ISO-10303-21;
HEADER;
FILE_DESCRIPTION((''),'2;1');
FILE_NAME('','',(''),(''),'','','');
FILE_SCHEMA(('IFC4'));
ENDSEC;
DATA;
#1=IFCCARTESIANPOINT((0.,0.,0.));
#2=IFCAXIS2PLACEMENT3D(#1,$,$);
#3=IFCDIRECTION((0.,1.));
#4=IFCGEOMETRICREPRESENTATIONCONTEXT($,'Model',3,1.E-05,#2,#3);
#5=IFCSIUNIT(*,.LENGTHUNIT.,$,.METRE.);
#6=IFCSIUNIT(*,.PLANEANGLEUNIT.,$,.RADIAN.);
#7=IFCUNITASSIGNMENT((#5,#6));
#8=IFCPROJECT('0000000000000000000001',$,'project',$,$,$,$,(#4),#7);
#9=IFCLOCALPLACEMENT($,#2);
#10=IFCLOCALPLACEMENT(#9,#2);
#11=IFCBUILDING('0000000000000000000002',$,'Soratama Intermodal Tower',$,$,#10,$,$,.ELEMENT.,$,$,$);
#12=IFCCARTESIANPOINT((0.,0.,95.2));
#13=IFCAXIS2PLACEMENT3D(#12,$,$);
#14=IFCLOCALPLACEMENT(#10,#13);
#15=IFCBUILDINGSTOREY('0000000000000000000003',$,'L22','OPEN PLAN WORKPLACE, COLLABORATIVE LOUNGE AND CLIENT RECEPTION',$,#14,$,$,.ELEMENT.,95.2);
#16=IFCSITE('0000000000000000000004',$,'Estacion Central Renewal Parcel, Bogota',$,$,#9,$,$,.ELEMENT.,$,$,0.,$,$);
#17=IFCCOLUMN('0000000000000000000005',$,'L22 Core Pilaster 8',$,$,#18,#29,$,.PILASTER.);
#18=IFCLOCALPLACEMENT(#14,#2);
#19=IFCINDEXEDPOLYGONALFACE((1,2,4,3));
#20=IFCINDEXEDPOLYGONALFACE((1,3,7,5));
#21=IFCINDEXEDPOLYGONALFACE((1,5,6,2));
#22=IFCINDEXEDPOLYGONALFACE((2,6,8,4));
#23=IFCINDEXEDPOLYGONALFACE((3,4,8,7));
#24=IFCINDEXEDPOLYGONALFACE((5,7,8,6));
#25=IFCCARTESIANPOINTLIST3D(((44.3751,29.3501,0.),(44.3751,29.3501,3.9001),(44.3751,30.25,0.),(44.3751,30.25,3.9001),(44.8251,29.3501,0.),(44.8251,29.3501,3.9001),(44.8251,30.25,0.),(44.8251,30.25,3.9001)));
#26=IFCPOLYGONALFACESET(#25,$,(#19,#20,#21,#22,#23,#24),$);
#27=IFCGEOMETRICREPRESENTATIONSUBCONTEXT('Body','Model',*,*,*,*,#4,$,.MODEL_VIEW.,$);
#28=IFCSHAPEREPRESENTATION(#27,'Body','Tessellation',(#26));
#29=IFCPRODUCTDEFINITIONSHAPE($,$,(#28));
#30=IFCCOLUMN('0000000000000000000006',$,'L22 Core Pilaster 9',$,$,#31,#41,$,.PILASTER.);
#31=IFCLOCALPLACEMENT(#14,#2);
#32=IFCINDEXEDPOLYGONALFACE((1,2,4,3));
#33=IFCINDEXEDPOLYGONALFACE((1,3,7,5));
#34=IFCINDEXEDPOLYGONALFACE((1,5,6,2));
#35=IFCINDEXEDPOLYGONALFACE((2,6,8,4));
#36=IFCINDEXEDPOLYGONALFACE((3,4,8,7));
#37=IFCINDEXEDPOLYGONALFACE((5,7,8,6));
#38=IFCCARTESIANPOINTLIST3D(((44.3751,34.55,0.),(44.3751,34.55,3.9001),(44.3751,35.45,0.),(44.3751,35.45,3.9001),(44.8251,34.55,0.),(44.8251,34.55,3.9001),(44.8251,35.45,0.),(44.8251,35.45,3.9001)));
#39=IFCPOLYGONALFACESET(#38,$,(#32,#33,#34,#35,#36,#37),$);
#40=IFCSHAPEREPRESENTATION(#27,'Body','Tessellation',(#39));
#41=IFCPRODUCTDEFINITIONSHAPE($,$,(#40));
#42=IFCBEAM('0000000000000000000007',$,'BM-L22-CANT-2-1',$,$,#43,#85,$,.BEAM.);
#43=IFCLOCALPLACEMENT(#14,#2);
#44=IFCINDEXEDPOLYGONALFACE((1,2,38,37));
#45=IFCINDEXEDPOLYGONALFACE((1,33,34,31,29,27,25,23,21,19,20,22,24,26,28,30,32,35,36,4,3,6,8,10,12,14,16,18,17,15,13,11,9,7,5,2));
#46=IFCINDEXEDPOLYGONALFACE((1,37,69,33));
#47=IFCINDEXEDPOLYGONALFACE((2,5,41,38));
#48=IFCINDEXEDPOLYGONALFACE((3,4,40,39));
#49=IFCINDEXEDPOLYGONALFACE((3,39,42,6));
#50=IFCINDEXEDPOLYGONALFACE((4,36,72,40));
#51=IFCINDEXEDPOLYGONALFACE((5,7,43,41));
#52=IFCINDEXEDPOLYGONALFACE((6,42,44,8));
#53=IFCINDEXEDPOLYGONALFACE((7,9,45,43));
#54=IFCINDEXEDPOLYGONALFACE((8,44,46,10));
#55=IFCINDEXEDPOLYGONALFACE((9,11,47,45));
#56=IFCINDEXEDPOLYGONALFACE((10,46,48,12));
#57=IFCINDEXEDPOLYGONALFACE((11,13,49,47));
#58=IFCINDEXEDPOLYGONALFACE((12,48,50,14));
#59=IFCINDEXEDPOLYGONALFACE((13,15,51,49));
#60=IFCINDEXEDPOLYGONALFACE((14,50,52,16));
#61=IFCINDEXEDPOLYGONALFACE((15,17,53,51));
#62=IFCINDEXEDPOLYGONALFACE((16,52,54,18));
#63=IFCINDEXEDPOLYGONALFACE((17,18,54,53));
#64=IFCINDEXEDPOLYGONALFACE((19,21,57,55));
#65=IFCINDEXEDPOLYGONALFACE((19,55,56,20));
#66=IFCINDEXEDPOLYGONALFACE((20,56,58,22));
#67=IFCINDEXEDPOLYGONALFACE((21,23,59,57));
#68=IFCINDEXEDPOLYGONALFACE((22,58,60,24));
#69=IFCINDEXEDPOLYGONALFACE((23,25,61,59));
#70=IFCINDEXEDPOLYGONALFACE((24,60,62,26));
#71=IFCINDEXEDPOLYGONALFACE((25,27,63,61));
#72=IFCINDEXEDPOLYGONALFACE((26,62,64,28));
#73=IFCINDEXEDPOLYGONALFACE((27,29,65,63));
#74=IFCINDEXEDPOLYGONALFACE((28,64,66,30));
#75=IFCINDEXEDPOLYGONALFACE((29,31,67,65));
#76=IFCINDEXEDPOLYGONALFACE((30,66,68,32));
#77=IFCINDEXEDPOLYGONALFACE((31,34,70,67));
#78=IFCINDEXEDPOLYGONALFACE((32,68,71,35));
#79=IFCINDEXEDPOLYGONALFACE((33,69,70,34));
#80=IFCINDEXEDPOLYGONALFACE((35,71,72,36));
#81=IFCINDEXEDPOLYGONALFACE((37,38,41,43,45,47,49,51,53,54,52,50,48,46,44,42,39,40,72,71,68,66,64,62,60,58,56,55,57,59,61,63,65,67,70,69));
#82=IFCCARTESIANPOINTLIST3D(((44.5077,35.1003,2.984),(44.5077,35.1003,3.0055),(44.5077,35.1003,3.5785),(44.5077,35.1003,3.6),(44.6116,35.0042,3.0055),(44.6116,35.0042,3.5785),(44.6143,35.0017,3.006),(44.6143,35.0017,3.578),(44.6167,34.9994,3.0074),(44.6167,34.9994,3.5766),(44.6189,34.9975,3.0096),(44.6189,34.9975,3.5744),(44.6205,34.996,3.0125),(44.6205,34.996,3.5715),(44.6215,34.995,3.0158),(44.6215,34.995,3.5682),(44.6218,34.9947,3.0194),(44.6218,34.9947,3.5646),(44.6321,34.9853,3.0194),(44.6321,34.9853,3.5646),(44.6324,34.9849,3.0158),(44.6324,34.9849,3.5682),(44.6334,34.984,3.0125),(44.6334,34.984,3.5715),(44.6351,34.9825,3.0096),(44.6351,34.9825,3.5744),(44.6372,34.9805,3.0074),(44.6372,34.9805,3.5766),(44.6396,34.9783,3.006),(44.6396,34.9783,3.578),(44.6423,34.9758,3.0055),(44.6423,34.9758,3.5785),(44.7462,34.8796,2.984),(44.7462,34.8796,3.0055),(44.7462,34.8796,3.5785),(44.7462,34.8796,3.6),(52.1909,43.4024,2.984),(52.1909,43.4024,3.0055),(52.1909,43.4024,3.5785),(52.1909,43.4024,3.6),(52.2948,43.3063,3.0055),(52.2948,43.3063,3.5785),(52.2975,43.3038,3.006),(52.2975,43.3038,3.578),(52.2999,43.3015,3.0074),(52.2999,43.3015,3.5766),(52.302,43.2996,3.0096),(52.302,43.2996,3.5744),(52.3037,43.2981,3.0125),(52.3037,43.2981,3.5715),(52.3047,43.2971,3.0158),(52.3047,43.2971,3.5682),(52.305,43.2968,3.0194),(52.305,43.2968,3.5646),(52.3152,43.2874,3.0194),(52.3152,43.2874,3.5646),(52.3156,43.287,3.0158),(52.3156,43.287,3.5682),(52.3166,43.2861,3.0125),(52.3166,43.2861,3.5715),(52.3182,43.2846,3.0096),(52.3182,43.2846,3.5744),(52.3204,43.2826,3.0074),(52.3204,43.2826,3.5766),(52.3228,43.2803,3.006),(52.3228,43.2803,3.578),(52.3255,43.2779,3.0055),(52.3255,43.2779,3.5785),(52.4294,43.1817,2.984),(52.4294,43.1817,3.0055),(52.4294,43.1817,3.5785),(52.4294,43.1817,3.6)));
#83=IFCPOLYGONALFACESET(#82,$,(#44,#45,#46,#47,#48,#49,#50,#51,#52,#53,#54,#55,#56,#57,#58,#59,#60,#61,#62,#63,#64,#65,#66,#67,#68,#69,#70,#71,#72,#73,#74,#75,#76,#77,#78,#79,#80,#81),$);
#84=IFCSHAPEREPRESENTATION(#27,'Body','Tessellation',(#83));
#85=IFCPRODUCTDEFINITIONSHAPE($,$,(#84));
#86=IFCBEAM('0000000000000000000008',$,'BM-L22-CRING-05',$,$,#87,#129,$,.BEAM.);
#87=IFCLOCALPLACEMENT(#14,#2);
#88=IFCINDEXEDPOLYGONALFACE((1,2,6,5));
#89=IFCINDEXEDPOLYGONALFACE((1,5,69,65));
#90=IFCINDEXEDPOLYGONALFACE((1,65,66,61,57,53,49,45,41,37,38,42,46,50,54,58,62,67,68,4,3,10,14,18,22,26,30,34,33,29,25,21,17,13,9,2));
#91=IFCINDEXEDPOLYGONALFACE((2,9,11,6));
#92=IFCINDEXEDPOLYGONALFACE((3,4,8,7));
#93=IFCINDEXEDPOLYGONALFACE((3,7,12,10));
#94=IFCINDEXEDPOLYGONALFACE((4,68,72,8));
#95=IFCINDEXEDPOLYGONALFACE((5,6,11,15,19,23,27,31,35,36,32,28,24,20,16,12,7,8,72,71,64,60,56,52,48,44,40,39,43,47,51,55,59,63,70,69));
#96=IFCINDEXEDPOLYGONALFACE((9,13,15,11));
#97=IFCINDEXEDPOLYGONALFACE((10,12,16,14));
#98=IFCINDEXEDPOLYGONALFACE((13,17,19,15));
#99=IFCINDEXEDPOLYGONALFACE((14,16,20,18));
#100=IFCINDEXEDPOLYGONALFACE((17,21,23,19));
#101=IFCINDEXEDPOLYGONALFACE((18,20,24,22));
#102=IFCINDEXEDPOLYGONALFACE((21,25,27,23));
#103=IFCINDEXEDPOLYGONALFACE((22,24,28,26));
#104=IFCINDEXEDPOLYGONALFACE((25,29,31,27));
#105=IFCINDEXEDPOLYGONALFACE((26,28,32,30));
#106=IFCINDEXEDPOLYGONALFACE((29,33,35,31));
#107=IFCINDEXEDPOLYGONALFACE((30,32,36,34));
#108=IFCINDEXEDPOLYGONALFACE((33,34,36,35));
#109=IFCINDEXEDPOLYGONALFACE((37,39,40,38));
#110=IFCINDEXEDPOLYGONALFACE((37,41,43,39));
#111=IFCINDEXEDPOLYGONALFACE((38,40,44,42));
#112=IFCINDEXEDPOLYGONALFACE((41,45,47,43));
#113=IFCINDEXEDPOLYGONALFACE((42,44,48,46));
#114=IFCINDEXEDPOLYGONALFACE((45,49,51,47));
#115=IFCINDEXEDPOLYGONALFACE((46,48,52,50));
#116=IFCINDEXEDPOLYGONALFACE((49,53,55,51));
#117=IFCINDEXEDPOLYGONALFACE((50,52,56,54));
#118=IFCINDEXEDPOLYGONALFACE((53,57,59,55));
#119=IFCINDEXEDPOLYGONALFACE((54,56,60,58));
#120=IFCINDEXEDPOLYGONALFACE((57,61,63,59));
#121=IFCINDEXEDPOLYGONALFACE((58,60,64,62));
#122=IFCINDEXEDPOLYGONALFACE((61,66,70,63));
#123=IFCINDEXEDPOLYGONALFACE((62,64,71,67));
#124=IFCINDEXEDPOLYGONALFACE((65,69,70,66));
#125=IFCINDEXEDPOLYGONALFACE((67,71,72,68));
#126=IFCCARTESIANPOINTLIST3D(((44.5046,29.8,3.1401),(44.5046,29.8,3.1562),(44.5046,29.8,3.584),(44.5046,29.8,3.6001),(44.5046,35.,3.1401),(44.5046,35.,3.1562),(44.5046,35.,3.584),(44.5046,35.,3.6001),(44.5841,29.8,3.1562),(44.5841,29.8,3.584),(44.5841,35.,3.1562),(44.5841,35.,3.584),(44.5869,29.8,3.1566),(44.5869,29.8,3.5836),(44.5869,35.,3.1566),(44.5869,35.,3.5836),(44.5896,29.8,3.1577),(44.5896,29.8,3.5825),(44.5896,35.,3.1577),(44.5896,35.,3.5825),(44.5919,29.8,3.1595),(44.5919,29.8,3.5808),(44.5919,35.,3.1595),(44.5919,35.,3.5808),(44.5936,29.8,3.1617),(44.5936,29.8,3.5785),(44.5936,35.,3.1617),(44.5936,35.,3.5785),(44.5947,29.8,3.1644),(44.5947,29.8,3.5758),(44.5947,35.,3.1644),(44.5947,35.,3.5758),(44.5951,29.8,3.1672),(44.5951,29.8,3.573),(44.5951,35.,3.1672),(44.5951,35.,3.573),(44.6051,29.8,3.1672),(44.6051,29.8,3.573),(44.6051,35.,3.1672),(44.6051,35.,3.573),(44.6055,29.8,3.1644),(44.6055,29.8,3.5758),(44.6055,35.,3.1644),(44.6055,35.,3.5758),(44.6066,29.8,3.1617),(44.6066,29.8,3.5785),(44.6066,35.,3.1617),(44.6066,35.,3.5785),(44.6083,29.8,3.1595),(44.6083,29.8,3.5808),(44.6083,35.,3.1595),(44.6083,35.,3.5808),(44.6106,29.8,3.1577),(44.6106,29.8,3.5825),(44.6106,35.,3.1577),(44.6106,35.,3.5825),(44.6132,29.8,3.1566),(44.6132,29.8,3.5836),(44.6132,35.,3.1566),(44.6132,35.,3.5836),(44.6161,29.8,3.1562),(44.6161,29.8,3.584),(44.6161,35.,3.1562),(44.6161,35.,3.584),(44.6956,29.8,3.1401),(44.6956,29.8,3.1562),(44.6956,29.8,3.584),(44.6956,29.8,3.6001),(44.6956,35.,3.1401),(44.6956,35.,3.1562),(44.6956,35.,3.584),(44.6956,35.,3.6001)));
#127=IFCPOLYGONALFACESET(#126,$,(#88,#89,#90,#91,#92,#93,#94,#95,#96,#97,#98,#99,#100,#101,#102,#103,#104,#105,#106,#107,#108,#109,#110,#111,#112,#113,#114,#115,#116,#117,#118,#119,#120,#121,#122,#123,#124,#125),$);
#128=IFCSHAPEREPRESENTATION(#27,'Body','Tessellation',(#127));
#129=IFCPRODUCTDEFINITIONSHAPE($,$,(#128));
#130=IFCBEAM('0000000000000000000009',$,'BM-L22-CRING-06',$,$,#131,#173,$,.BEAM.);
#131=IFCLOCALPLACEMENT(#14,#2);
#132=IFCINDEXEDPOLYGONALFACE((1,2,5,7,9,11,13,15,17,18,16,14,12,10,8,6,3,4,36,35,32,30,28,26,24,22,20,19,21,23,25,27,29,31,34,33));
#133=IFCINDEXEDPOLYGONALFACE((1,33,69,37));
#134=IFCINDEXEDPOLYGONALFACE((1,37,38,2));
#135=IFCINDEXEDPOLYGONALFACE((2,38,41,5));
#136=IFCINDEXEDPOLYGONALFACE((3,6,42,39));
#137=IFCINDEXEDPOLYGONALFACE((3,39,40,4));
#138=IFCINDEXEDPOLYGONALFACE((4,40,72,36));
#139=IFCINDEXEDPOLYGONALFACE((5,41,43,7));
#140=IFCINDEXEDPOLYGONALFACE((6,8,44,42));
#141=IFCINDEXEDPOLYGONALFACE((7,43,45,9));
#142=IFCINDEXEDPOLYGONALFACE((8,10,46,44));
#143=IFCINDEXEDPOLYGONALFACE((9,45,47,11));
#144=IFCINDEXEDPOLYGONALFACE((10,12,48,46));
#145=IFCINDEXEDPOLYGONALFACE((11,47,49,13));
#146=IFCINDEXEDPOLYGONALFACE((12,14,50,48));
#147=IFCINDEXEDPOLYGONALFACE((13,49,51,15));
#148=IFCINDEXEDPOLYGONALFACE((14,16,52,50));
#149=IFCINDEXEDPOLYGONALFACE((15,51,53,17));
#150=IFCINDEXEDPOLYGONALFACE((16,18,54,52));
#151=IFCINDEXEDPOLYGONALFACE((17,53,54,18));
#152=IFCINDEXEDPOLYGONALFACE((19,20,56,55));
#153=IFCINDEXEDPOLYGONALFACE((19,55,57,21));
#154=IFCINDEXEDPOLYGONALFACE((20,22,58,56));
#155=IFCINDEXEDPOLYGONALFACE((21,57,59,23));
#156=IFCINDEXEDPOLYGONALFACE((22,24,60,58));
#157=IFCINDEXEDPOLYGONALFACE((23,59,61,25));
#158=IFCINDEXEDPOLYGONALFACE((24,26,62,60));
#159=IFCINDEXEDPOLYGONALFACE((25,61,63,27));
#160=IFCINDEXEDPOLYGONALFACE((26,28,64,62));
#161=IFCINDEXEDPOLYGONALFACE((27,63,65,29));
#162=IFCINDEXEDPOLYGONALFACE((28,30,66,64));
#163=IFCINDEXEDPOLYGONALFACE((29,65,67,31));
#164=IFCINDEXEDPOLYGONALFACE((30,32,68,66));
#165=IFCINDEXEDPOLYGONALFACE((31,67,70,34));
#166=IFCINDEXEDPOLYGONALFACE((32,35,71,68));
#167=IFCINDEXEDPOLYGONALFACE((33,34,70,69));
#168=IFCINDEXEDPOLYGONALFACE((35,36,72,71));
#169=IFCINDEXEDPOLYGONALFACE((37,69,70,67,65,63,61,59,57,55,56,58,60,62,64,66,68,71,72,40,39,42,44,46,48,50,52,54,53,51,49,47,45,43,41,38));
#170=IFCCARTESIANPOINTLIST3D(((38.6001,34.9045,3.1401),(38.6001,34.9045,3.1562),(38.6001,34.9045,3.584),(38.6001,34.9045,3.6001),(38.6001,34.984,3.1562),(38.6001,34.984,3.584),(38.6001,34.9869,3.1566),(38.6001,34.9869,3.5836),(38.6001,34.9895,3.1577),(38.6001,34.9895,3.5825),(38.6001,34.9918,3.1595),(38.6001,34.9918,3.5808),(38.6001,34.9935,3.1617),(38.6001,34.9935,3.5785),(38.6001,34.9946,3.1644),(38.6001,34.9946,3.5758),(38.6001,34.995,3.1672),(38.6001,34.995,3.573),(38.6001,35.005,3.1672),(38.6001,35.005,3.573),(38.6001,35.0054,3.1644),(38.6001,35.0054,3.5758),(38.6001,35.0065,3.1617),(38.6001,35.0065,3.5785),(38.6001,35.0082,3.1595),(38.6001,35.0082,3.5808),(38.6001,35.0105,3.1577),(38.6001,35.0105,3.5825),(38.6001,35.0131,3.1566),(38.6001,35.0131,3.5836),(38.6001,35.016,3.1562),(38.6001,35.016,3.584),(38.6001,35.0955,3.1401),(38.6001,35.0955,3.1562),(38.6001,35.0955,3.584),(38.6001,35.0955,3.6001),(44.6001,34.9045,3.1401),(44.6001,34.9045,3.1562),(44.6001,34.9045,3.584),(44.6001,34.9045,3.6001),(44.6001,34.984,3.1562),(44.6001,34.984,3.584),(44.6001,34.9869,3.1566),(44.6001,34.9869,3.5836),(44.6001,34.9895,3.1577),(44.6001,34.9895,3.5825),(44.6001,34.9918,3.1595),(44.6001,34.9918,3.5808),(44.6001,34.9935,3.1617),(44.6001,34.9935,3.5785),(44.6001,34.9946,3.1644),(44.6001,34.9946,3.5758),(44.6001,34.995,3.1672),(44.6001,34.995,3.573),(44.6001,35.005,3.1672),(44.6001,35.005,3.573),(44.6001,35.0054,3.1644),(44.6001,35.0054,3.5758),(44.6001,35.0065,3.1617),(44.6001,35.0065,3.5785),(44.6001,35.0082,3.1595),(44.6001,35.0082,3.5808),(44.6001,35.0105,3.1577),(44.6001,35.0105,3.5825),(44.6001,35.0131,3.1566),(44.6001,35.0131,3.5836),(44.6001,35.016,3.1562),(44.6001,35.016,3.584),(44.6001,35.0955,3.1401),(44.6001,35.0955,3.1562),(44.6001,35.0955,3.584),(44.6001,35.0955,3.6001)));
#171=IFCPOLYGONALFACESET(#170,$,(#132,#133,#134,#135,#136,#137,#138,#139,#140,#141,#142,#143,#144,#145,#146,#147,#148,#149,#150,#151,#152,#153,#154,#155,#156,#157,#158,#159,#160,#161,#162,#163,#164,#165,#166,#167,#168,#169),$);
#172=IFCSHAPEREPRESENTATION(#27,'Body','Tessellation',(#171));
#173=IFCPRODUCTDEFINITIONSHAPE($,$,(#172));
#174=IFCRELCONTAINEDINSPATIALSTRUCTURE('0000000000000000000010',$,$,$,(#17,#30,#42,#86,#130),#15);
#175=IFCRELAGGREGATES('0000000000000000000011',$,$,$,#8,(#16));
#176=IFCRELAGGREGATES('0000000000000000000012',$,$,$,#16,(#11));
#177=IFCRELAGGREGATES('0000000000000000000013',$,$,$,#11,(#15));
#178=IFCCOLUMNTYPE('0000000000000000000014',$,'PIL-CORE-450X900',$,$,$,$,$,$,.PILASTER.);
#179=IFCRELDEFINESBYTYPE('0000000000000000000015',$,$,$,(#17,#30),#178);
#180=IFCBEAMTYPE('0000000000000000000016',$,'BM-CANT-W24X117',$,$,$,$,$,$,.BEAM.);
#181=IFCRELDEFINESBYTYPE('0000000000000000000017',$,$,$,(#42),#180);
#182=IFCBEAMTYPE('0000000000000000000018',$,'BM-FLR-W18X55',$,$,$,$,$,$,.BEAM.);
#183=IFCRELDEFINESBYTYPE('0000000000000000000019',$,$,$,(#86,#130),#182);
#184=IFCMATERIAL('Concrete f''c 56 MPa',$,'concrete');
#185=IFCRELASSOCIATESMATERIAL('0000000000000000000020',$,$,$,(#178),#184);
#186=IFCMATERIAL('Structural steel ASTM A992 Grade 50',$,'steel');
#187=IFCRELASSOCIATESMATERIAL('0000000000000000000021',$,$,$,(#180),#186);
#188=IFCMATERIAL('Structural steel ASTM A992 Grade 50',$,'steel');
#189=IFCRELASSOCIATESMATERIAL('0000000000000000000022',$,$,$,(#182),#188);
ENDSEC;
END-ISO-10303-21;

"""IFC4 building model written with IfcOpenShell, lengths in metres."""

from ifc_helpers import new_model, si_unit, direction, frame, origin, origin_2d, place, context, subcontext, project, spatial, rectangle, i_section, extrude, material, material_profile, profile_set, type_object, element, save


model = new_model("IFC4")

# Units and contexts
model_context = context("Model", 3, precision=1e-05, world=origin(), true_north=direction((0.0, 1.0)))
body_context = subcontext(model_context, "Body", "Model", "MODEL_VIEW")
ifc_project = project(units=[si_unit("LENGTHUNIT", "METRE"), si_unit("PLANEANGLEUNIT", "RADIAN")], contexts=[model_context])

# Site, building, storey
site_placement = place(None, origin())
site = spatial("IfcSite", under=ifc_project, at=site_placement, Name="Estacion Central Renewal Parcel, Bogota", CompositionType="ELEMENT", RefElevation=0.0)
building_placement = place(site_placement, origin())
building = spatial("IfcBuilding", under=site, at=building_placement, Name="Soratama Intermodal Tower", CompositionType="ELEMENT")
storey_placement = place(building_placement, frame((0.0, 0.0, 95.2)))
storey = spatial("IfcBuildingStorey", under=building, at=storey_placement, Name="L22", Description="OPEN PLAN WORKPLACE, COLLABORATIVE LOUNGE AND CLIENT RECEPTION", CompositionType="ELEMENT", Elevation=95.2)

# Columns
ifc_material_1 = material(Name="Concrete f'c 56 MPa", Category="concrete")
ifc_material_profile_1 = material_profile(ifc_material_1, rectangle(XDim=0.45, YDim=0.8999, at=origin_2d()), Name="RC450X900")
ifc_profile_set_1 = profile_set([ifc_material_profile_1], Name="Concrete f'c 56 MPa")
column_type = type_object("IfcColumnType", Name="PIL-CORE-450X900", PredefinedType="PILASTER", material=ifc_profile_set_1)
for number, where, z_axis, x_axis, name in (
    (1, (44.6001, 29.8, 0.0), (0.0, 0.0, 1.0), (1.0, 0.0, 0.0), "L22 Core Pilaster 8"),
    (2, (44.6001, 35.0, 0.0), (0.0, 0.0, 1.0), (1.0, 0.0, 0.0), "L22 Core Pilaster 9"),
):
    element("IfcColumn", number, at=place(storey_placement, frame(where, z_axis=z_axis, x_axis=x_axis)), inside=storey, type_object=column_type, Name=name, PredefinedType="PILASTER", context=body_context, shape_type="SweptSolid", body=[
        extrude(rectangle(XDim=0.45, YDim=0.8999, at=origin_2d()), origin(), (0.0, 0.0, 1.0), 3.9001),
    ])

# Beams
ifc_material_2 = material(Name="Structural steel ASTM A992 Grade 50", Category="steel")
ifc_material_profile_2 = material_profile(ifc_material_2, i_section(OverallWidth=0.325, OverallDepth=0.616, WebThickness=0.0139, FlangeThickness=0.0215, FilletRadius=0.0139, at=origin_2d()), Name="W24X117")
ifc_profile_set_2 = profile_set([ifc_material_profile_2], Name="Structural steel ASTM A992 Grade 50")
beam_type_1 = type_object("IfcBeamType", Name="BM-CANT-W24X117", PredefinedType="BEAM", material=ifc_profile_set_2)
beam_1_placement = place(storey_placement, frame((44.627, 34.99, 3.292), z_axis=(0.679221, 0.733934, 0.0), x_axis=(-0.733934, 0.679221, 0.0)))
element("IfcBeam", 3, at=beam_1_placement, inside=storey, type_object=beam_type_1, Name="BM-L22-CANT-2-1", PredefinedType="BEAM", context=body_context, shape_type="SweptSolid", body=[
    extrude(i_section(OverallWidth=0.325, OverallDepth=0.616, WebThickness=0.0139, FlangeThickness=0.0215, FilletRadius=0.0139, at=origin_2d()), origin(), (0.0, 0.0, 1.0), 11.3118),
])
ifc_material_3 = material(Name="Structural steel ASTM A992 Grade 50", Category="steel")
ifc_material_profile_3 = material_profile(ifc_material_3, i_section(OverallWidth=0.1909, OverallDepth=0.46, WebThickness=0.01, FlangeThickness=0.0161, FilletRadius=0.011, at=origin_2d()), Name="W18X55")
ifc_profile_set_3 = profile_set([ifc_material_profile_3], Name="Structural steel ASTM A992 Grade 50")
beam_type_2 = type_object("IfcBeamType", Name="BM-FLR-W18X55", PredefinedType="BEAM", material=ifc_profile_set_3)
beam_2_placement = place(storey_placement, frame((44.6001, 29.8, 3.3701), z_axis=(0.0, 1.0, 0.0), x_axis=(-1.0, 0.0, 0.0)))
element("IfcBeam", 4, at=beam_2_placement, inside=storey, type_object=beam_type_2, Name="BM-L22-CRING-05", PredefinedType="BEAM", context=body_context, shape_type="SweptSolid", body=[
    extrude(i_section(OverallWidth=0.1909, OverallDepth=0.46, WebThickness=0.01, FlangeThickness=0.0161, FilletRadius=0.011, at=origin_2d()), origin(), (0.0, 0.0, 1.0), 5.2),
])
beam_3_placement = place(storey_placement, frame((44.6001, 35.0, 3.3701), z_axis=(-1.0, 0.0, 0.0), x_axis=(0.0, -1.0, 0.0)))
element("IfcBeam", 5, at=beam_3_placement, inside=storey, type_object=beam_type_2, Name="BM-L22-CRING-06", PredefinedType="BEAM", context=body_context, shape_type="SweptSolid", body=[
    extrude(i_section(OverallWidth=0.1909, OverallDepth=0.46, WebThickness=0.01, FlangeThickness=0.0161, FilletRadius=0.011, at=origin_2d()), origin(), (0.0, 0.0, 1.0), 6.0),
])

save(model, "model.ifc")
